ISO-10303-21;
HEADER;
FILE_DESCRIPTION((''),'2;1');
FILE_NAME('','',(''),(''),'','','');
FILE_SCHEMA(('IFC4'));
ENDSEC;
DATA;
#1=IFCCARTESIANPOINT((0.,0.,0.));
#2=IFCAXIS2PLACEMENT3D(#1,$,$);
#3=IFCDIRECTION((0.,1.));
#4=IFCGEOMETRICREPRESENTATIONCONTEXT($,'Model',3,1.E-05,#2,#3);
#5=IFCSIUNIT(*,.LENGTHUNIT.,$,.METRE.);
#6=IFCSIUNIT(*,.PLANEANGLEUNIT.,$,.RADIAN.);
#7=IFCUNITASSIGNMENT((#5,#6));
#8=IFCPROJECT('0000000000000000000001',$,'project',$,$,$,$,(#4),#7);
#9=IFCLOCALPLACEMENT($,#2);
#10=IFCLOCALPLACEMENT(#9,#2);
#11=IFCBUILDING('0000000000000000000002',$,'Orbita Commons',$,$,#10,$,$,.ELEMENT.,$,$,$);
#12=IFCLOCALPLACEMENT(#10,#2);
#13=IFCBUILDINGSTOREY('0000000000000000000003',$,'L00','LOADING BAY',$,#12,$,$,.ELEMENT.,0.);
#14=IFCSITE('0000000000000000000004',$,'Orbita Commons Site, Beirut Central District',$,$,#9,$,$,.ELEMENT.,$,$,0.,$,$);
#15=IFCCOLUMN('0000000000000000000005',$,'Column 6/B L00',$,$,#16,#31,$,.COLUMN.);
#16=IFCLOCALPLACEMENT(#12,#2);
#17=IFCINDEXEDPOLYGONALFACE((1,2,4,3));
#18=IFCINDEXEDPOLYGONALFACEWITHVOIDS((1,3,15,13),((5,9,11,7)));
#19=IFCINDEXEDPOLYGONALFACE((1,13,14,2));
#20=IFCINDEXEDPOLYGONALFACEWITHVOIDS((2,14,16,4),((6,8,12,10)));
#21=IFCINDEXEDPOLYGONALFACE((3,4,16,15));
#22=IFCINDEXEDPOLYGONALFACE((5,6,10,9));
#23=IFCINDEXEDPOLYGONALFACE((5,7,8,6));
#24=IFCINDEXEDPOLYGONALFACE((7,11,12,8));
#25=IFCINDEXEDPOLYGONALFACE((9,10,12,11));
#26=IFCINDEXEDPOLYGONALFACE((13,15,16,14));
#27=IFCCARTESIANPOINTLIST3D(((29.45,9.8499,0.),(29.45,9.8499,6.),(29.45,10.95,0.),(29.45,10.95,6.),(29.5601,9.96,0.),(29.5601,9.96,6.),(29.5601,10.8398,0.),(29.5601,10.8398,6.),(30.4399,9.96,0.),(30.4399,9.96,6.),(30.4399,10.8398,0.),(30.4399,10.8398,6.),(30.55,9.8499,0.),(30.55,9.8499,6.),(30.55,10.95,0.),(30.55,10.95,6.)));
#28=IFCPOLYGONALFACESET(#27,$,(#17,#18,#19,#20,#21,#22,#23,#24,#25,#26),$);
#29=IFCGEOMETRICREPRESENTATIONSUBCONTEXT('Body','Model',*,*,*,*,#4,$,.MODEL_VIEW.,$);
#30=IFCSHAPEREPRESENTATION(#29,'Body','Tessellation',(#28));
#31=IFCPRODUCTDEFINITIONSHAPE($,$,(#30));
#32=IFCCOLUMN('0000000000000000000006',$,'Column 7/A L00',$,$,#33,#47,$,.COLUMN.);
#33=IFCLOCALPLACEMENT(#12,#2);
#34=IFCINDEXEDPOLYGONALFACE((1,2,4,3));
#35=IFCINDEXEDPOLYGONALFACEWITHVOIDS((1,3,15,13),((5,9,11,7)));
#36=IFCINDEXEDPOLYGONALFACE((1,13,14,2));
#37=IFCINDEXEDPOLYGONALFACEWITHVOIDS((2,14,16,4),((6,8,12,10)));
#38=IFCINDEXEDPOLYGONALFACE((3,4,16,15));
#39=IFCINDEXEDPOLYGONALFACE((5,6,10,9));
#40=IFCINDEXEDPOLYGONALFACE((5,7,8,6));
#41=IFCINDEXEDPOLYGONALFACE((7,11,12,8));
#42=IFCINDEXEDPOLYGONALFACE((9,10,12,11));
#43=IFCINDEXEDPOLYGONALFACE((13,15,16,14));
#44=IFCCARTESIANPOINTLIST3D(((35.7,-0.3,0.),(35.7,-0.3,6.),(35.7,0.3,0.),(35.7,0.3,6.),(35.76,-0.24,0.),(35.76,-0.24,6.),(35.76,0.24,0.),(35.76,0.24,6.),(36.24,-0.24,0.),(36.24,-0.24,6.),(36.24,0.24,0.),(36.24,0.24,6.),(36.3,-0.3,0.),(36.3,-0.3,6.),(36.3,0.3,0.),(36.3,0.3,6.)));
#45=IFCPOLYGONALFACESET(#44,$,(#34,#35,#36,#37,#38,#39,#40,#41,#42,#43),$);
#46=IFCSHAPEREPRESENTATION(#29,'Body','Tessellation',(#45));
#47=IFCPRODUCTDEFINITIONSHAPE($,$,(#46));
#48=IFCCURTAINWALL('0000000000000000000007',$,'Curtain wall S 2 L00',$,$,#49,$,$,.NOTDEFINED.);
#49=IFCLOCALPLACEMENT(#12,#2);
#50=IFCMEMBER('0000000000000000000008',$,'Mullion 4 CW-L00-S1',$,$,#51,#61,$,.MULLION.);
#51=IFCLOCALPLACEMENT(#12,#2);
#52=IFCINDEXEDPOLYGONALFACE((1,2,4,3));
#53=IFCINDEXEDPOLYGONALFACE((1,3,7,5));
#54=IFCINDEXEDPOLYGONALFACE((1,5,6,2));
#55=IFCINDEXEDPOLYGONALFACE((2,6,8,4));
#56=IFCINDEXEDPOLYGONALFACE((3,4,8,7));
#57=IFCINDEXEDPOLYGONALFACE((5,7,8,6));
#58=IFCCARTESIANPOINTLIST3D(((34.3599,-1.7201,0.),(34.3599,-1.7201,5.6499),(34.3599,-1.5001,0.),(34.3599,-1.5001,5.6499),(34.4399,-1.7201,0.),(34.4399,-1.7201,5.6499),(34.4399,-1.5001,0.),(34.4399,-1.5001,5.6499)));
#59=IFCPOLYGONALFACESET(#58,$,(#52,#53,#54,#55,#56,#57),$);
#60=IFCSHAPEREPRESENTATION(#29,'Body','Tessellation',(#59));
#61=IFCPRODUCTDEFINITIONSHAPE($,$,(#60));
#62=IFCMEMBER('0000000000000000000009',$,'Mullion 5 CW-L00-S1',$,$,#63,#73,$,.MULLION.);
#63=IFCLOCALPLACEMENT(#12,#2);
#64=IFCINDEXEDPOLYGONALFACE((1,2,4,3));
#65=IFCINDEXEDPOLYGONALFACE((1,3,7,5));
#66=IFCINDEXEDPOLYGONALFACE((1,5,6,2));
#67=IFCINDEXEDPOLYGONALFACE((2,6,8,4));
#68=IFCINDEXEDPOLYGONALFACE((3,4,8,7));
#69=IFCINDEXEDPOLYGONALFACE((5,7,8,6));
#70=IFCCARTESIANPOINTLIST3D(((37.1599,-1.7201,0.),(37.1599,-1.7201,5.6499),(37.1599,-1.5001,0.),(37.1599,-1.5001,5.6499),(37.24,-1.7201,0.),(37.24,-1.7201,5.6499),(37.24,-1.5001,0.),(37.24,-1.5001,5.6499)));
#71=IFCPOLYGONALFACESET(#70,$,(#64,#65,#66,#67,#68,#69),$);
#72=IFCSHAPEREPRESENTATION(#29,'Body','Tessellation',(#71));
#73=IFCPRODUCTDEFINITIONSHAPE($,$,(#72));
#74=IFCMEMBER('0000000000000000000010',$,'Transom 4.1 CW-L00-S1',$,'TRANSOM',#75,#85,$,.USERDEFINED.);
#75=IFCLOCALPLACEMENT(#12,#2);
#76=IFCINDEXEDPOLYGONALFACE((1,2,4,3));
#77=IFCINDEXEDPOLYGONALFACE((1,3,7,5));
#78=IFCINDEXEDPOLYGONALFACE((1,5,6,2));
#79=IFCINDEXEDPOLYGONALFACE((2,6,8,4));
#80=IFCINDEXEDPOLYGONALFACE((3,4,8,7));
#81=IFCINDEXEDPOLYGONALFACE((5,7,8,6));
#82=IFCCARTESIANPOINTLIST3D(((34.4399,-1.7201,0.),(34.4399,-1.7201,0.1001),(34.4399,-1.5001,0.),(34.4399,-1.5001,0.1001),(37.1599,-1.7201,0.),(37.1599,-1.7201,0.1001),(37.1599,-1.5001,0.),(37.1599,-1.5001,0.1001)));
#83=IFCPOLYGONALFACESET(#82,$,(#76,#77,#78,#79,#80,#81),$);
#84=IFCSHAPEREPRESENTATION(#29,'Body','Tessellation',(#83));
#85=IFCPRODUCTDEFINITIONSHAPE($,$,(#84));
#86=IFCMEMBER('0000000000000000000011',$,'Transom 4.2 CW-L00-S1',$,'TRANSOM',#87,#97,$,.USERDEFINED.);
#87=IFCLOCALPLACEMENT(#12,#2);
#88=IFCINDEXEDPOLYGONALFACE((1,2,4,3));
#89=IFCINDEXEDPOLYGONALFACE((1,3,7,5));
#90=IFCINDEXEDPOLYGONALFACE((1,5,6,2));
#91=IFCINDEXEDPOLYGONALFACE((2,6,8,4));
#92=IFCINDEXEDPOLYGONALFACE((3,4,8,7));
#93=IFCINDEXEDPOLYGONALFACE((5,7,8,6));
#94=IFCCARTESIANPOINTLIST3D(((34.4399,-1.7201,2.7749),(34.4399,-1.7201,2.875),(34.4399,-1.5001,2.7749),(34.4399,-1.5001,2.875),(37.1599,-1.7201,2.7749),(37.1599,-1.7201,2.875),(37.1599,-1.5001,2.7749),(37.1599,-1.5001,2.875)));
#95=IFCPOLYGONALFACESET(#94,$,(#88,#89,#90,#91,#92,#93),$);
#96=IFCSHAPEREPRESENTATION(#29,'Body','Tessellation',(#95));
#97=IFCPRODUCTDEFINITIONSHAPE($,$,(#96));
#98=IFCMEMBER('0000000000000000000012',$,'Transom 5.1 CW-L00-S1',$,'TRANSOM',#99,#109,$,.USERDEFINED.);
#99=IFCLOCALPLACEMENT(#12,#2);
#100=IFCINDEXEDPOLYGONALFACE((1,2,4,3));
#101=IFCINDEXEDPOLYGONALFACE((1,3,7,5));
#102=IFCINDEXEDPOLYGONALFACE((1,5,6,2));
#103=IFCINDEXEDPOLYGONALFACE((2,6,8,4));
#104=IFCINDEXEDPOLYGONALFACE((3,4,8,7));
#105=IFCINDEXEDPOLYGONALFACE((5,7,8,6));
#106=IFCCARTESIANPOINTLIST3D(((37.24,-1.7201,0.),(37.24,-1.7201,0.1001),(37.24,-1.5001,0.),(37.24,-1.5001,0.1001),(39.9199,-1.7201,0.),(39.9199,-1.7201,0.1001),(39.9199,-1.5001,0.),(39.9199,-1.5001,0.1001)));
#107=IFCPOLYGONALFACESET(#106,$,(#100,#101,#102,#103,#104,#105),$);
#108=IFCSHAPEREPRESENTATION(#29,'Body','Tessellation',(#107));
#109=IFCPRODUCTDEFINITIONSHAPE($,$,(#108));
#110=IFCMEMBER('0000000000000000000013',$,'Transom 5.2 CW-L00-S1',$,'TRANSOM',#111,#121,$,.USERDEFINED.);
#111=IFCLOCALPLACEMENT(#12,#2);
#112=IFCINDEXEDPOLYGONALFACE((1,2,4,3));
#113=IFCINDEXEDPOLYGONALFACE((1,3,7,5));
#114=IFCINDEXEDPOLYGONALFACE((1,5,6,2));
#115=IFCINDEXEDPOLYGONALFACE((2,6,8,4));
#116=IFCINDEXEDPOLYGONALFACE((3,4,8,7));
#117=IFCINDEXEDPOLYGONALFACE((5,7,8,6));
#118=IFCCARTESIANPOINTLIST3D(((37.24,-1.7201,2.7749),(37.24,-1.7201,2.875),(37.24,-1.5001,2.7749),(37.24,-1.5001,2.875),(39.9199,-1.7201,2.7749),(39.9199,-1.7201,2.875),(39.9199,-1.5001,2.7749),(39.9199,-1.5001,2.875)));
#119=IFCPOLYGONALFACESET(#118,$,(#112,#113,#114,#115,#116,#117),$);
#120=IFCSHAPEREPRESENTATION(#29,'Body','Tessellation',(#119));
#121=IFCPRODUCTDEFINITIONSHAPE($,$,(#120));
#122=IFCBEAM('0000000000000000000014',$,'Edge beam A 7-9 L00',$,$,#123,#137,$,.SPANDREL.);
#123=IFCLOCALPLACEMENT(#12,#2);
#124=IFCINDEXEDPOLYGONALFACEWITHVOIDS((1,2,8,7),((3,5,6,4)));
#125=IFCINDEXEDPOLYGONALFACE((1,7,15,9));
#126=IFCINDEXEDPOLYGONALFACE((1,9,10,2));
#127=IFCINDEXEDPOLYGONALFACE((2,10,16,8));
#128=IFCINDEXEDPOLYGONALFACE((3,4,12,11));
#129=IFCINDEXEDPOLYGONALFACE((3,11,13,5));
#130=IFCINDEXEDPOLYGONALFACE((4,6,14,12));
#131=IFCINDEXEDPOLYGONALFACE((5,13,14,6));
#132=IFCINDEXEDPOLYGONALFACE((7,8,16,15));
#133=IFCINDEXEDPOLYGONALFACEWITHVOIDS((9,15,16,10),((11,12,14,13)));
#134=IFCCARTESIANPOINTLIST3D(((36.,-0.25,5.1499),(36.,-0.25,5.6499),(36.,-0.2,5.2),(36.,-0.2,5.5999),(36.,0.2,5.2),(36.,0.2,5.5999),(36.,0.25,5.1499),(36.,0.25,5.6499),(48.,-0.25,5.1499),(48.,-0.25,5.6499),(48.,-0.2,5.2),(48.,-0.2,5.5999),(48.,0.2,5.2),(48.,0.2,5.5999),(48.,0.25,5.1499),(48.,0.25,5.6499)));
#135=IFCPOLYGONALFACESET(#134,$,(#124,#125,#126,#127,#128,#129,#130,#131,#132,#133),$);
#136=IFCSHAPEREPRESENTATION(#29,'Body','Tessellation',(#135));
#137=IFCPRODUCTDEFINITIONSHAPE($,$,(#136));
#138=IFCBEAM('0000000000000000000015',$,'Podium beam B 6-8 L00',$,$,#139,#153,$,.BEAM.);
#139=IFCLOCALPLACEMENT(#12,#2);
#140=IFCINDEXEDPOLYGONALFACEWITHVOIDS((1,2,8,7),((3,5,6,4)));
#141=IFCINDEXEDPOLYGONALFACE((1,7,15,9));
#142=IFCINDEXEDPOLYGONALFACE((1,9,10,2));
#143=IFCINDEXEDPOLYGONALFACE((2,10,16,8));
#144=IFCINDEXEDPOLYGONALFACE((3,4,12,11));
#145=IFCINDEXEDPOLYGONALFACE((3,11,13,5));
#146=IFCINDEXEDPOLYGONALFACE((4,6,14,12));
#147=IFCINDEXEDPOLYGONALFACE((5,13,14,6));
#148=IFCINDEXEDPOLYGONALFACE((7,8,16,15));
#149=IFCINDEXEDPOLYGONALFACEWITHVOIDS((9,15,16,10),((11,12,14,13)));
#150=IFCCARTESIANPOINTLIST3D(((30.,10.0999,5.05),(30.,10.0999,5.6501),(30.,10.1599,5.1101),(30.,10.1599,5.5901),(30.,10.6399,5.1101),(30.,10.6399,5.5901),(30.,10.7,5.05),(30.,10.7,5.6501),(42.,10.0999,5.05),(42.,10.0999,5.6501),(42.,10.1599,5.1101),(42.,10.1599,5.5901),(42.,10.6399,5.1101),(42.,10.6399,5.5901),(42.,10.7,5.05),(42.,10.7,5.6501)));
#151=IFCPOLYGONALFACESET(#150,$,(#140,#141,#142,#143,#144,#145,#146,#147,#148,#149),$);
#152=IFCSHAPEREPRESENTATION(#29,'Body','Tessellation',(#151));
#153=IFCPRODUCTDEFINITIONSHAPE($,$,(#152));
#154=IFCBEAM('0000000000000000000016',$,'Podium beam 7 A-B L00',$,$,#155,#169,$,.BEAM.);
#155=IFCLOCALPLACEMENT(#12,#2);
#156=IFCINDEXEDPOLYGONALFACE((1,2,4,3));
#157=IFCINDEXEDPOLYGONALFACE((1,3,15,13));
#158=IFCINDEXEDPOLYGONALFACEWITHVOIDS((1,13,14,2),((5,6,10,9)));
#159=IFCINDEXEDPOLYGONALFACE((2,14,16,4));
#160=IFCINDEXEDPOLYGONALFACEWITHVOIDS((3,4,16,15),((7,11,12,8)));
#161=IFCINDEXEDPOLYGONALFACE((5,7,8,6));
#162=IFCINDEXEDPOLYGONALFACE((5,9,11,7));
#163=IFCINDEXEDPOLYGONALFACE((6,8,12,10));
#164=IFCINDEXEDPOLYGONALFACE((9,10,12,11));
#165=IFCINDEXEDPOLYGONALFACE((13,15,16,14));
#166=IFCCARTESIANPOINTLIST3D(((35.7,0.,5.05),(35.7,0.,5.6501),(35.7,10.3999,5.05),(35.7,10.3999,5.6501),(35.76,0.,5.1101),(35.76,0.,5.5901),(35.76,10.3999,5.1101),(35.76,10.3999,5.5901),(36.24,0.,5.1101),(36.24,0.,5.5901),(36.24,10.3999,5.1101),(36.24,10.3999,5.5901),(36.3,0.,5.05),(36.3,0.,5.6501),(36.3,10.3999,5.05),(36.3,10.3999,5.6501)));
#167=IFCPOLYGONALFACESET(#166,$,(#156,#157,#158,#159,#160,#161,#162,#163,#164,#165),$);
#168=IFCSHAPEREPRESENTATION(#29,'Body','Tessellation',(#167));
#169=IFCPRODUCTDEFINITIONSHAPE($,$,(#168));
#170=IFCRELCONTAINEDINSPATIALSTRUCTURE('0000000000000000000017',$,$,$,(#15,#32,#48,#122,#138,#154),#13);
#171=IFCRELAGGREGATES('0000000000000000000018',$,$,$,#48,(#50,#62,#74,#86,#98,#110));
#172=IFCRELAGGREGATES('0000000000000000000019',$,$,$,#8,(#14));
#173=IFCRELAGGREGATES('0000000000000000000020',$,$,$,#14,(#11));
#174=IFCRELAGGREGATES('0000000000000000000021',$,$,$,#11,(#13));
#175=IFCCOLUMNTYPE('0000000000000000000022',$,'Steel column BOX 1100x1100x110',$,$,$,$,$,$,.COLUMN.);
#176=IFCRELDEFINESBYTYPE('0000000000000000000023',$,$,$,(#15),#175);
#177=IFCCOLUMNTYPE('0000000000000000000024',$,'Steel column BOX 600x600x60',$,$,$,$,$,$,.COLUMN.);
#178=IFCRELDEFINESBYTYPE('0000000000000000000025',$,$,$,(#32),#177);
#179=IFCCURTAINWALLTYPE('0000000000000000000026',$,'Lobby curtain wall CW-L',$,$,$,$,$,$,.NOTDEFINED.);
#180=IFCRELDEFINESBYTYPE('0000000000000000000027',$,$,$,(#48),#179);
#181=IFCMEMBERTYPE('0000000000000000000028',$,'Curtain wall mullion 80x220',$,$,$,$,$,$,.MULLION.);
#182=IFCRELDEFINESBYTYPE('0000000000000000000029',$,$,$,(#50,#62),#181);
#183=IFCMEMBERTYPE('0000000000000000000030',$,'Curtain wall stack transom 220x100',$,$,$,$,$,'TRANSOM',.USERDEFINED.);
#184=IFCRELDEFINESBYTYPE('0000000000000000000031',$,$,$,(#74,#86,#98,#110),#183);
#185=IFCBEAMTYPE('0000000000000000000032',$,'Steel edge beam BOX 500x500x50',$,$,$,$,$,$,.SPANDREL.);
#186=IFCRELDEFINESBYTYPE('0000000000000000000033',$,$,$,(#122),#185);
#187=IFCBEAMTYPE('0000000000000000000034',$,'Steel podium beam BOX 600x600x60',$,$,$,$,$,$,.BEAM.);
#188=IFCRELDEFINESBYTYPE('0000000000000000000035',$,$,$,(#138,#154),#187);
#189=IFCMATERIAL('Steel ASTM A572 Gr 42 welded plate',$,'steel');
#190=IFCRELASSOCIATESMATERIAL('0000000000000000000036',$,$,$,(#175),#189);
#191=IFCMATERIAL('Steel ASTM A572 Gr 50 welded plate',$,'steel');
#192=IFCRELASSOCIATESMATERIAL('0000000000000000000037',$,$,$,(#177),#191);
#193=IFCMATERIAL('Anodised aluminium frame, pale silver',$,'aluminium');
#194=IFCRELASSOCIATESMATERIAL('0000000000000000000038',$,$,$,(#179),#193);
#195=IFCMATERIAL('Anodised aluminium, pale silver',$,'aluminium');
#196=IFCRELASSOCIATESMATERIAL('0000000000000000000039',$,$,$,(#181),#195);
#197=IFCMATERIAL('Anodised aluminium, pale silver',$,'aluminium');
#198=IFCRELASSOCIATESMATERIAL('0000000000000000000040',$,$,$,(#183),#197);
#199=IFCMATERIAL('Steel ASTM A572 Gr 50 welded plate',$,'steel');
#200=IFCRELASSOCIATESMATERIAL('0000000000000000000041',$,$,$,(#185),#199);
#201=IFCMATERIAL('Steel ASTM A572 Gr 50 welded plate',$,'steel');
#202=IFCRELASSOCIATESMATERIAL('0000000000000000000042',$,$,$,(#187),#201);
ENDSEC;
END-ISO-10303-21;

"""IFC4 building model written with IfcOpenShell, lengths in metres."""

from ifc_helpers import new_model, si_unit, direction, frame, origin, origin_2d, place, context, subcontext, project, spatial, rectangle, hollow_rectangle, extrude, material, material_profile, profile_set, type_object, element, aggregate, save


model = new_model("IFC4")

# Units and contexts
model_context = context("Model", 3, precision=1e-05, world=origin(), true_north=direction((0.0, 1.0)))
body_context = subcontext(model_context, "Body", "Model", "MODEL_VIEW")
ifc_project = project(units=[si_unit("LENGTHUNIT", "METRE"), si_unit("PLANEANGLEUNIT", "RADIAN")], contexts=[model_context])

# Site, building, storey
site_placement = place(None, origin())
site = spatial("IfcSite", under=ifc_project, at=site_placement, Name="Orbita Commons Site, Beirut Central District", CompositionType="ELEMENT", RefElevation=0.0)
building_placement = place(site_placement, origin())
building = spatial("IfcBuilding", under=site, at=building_placement, Name="Orbita Commons", CompositionType="ELEMENT")
storey_placement = place(building_placement, origin())
storey = spatial("IfcBuildingStorey", under=building, at=storey_placement, Name="L00", Description="LOADING BAY", CompositionType="ELEMENT", Elevation=0.0)

# Columns
ifc_material_1 = material(Name="Steel ASTM A572 Gr 42 welded plate", Category="steel")
ifc_material_profile_1 = material_profile(ifc_material_1, hollow_rectangle(XDim=1.1001, YDim=1.1001, WallThickness=0.1101, at=origin_2d()), Name="BOX 1100x1100x110")
ifc_profile_set_1 = profile_set([ifc_material_profile_1], Name="Steel ASTM A572 Gr 42 welded plate")
column_type_1 = type_object("IfcColumnType", Name="Steel column BOX 1100x1100x110", PredefinedType="COLUMN", material=ifc_profile_set_1)
column_1_placement = place(storey_placement, frame((30.0, 10.3999, 0.0), z_axis=(0.0, 0.0, 1.0), x_axis=(1.0, 0.0, 0.0)))
element("IfcColumn", 1, at=column_1_placement, inside=storey, type_object=column_type_1, Name="Column 6/B L00", PredefinedType="COLUMN", context=body_context, shape_type="SweptSolid", body=[
    extrude(hollow_rectangle(XDim=1.1001, YDim=1.1001, WallThickness=0.1101, at=origin_2d()), origin(), (0.0, 0.0, 1.0), 6.0),
])
ifc_material_2 = material(Name="Steel ASTM A572 Gr 50 welded plate", Category="steel")
ifc_material_profile_2 = material_profile(ifc_material_2, hollow_rectangle(XDim=0.6001, YDim=0.6001, WallThickness=0.0601, at=origin_2d()), Name="BOX 600x600x60")
ifc_profile_set_2 = profile_set([ifc_material_profile_2], Name="Steel ASTM A572 Gr 50 welded plate")
column_type_2 = type_object("IfcColumnType", Name="Steel column BOX 600x600x60", PredefinedType="COLUMN", material=ifc_profile_set_2)
column_2_placement = place(storey_placement, frame((36.0, 0.0, 0.0), z_axis=(0.0, 0.0, 1.0), x_axis=(1.0, 0.0, 0.0)))
element("IfcColumn", 2, at=column_2_placement, inside=storey, type_object=column_type_2, Name="Column 7/A L00", PredefinedType="COLUMN", context=body_context, shape_type="SweptSolid", body=[
    extrude(hollow_rectangle(XDim=0.6001, YDim=0.6001, WallThickness=0.0601, at=origin_2d()), origin(), (0.0, 0.0, 1.0), 6.0),
])

# Curtain wall, members
ifc_material_3 = material(Name="Anodised aluminium frame, pale silver", Category="aluminium")
curtain_wall_type = type_object("IfcCurtainWallType", Name="Lobby curtain wall CW-L", PredefinedType="NOTDEFINED", material=ifc_material_3)
curtain_wall_placement = place(storey_placement, origin())
curtain_wall = element("IfcCurtainWall", 3, at=curtain_wall_placement, inside=storey, type_object=curtain_wall_type, Name="Curtain wall S 2 L00", PredefinedType="NOTDEFINED")
ifc_material_4 = material(Name="Anodised aluminium, pale silver", Category="aluminium")
ifc_material_profile_3 = material_profile(ifc_material_4, rectangle(XDim=0.0801, YDim=0.22, at=origin_2d()), Name="AL 80x220")
ifc_profile_set_3 = profile_set([ifc_material_profile_3], Name="Anodised aluminium, pale silver")
member_type_1 = type_object("IfcMemberType", Name="Curtain wall mullion 80x220", PredefinedType="MULLION", material=ifc_profile_set_3)
member_1_placement = place(storey_placement, frame((34.3999, -1.6101, 0.0), z_axis=(0.0, 0.0, 1.0), x_axis=(1.0, 0.0, 0.0)))
member_1 = element("IfcMember", 4, at=member_1_placement, type_object=member_type_1, Name="Mullion 4 CW-L00-S1", PredefinedType="MULLION", context=body_context, shape_type="SweptSolid", body=[
    extrude(rectangle(XDim=0.0801, YDim=0.22, at=origin_2d()), origin(), (0.0, 0.0, 1.0), 5.6499),
])
member_2_placement = place(storey_placement, frame((37.2, -1.6101, 0.0), z_axis=(0.0, 0.0, 1.0), x_axis=(1.0, 0.0, 0.0)))
member_2 = element("IfcMember", 5, at=member_2_placement, type_object=member_type_1, Name="Mullion 5 CW-L00-S1", PredefinedType="MULLION", context=body_context, shape_type="SweptSolid", body=[
    extrude(rectangle(XDim=0.0801, YDim=0.22, at=origin_2d()), origin(), (0.0, 0.0, 1.0), 5.6499),
])
ifc_material_5 = material(Name="Anodised aluminium, pale silver", Category="aluminium")
ifc_material_profile_4 = material_profile(ifc_material_5, rectangle(XDim=0.22, YDim=0.1001, at=origin_2d()), Name="AL 220x100")
ifc_profile_set_4 = profile_set([ifc_material_profile_4], Name="Anodised aluminium, pale silver")
member_type_2 = type_object("IfcMemberType", Name="Curtain wall stack transom 220x100", ElementType="TRANSOM", PredefinedType="USERDEFINED", material=ifc_profile_set_4)
member_3_placement = place(storey_placement, frame((34.4399, -1.6101, 0.05), z_axis=(1.0, 0.0, 0.0), x_axis=(0.0, 1.0, 0.0)))
member_3 = element("IfcMember", 6, at=member_3_placement, type_object=member_type_2, Name="Transom 4.1 CW-L00-S1", ObjectType="TRANSOM", PredefinedType="USERDEFINED", context=body_context, shape_type="SweptSolid", body=[
    extrude(rectangle(XDim=0.22, YDim=0.1001, at=origin_2d()), origin(), (0.0, 0.0, 1.0), 2.72),
])
member_4_placement = place(storey_placement, frame((34.4399, -1.6101, 2.825), z_axis=(1.0, 0.0, 0.0), x_axis=(0.0, 1.0, 0.0)))
member_4 = element("IfcMember", 7, at=member_4_placement, type_object=member_type_2, Name="Transom 4.2 CW-L00-S1", ObjectType="TRANSOM", PredefinedType="USERDEFINED", context=body_context, shape_type="SweptSolid", body=[
    extrude(rectangle(XDim=0.22, YDim=0.1001, at=origin_2d()), origin(), (0.0, 0.0, 1.0), 2.72),
])
member_5_placement = place(storey_placement, frame((37.24, -1.6101, 0.05), z_axis=(1.0, 0.0, 0.0), x_axis=(0.0, 1.0, 0.0)))
member_5 = element("IfcMember", 8, at=member_5_placement, type_object=member_type_2, Name="Transom 5.1 CW-L00-S1", ObjectType="TRANSOM", PredefinedType="USERDEFINED", context=body_context, shape_type="SweptSolid", body=[
    extrude(rectangle(XDim=0.22, YDim=0.1001, at=origin_2d()), origin(), (0.0, 0.0, 1.0), 2.6799),
])
member_6_placement = place(storey_placement, frame((37.24, -1.6101, 2.825), z_axis=(1.0, 0.0, 0.0), x_axis=(0.0, 1.0, 0.0)))
member_6 = element("IfcMember", 9, at=member_6_placement, type_object=member_type_2, Name="Transom 5.2 CW-L00-S1", ObjectType="TRANSOM", PredefinedType="USERDEFINED", context=body_context, shape_type="SweptSolid", body=[
    extrude(rectangle(XDim=0.22, YDim=0.1001, at=origin_2d()), origin(), (0.0, 0.0, 1.0), 2.6799),
])

# Beams
ifc_material_6 = material(Name="Steel ASTM A572 Gr 50 welded plate", Category="steel")
ifc_material_profile_5 = material_profile(ifc_material_6, hollow_rectangle(XDim=0.5, YDim=0.5, WallThickness=0.05, at=origin_2d()), Name="BOX 500x500x50")
ifc_profile_set_5 = profile_set([ifc_material_profile_5], Name="Steel ASTM A572 Gr 50 welded plate")
beam_type_1 = type_object("IfcBeamType", Name="Steel edge beam BOX 500x500x50", PredefinedType="SPANDREL", material=ifc_profile_set_5)
beam_1_placement = place(storey_placement, frame((36.0, 0.0, 5.3999), z_axis=(1.0, 0.0, 0.0), x_axis=(0.0, 1.0, 0.0)))
element("IfcBeam", 10, at=beam_1_placement, inside=storey, type_object=beam_type_1, Name="Edge beam A 7-9 L00", PredefinedType="SPANDREL", context=body_context, shape_type="SweptSolid", body=[
    extrude(hollow_rectangle(XDim=0.5, YDim=0.5, WallThickness=0.05, at=origin_2d()), origin(), (0.0, 0.0, 1.0), 12.0),
])
ifc_material_7 = material(Name="Steel ASTM A572 Gr 50 welded plate", Category="steel")
ifc_material_profile_6 = material_profile(ifc_material_7, hollow_rectangle(XDim=0.6001, YDim=0.6001, WallThickness=0.0601, at=origin_2d()), Name="BOX 600x600x60")
ifc_profile_set_6 = profile_set([ifc_material_profile_6], Name="Steel ASTM A572 Gr 50 welded plate")
beam_type_2 = type_object("IfcBeamType", Name="Steel podium beam BOX 600x600x60", PredefinedType="BEAM", material=ifc_profile_set_6)
beam_2_placement = place(storey_placement, frame((30.0, 10.3999, 5.3501), z_axis=(1.0, 0.0, 0.0), x_axis=(0.0, 1.0, 0.0)))
element("IfcBeam", 11, at=beam_2_placement, inside=storey, type_object=beam_type_2, Name="Podium beam B 6-8 L00", PredefinedType="BEAM", context=body_context, shape_type="SweptSolid", body=[
    extrude(hollow_rectangle(XDim=0.6001, YDim=0.6001, WallThickness=0.0601, at=origin_2d()), origin(), (0.0, 0.0, 1.0), 12.0),
])
beam_3_placement = place(storey_placement, frame((36.0, 0.0, 5.3501), z_axis=(0.0, 1.0, 0.0), x_axis=(-1.0, 0.0, 0.0)))
element("IfcBeam", 12, at=beam_3_placement, inside=storey, type_object=beam_type_2, Name="Podium beam 7 A-B L00", PredefinedType="BEAM", context=body_context, shape_type="SweptSolid", body=[
    extrude(hollow_rectangle(XDim=0.6001, YDim=0.6001, WallThickness=0.0601, at=origin_2d()), origin(), (0.0, 0.0, 1.0), 10.3999),
])

aggregate(curtain_wall, [member_1, member_2, member_3, member_4, member_5, member_6])

save(model, "model.ifc")
